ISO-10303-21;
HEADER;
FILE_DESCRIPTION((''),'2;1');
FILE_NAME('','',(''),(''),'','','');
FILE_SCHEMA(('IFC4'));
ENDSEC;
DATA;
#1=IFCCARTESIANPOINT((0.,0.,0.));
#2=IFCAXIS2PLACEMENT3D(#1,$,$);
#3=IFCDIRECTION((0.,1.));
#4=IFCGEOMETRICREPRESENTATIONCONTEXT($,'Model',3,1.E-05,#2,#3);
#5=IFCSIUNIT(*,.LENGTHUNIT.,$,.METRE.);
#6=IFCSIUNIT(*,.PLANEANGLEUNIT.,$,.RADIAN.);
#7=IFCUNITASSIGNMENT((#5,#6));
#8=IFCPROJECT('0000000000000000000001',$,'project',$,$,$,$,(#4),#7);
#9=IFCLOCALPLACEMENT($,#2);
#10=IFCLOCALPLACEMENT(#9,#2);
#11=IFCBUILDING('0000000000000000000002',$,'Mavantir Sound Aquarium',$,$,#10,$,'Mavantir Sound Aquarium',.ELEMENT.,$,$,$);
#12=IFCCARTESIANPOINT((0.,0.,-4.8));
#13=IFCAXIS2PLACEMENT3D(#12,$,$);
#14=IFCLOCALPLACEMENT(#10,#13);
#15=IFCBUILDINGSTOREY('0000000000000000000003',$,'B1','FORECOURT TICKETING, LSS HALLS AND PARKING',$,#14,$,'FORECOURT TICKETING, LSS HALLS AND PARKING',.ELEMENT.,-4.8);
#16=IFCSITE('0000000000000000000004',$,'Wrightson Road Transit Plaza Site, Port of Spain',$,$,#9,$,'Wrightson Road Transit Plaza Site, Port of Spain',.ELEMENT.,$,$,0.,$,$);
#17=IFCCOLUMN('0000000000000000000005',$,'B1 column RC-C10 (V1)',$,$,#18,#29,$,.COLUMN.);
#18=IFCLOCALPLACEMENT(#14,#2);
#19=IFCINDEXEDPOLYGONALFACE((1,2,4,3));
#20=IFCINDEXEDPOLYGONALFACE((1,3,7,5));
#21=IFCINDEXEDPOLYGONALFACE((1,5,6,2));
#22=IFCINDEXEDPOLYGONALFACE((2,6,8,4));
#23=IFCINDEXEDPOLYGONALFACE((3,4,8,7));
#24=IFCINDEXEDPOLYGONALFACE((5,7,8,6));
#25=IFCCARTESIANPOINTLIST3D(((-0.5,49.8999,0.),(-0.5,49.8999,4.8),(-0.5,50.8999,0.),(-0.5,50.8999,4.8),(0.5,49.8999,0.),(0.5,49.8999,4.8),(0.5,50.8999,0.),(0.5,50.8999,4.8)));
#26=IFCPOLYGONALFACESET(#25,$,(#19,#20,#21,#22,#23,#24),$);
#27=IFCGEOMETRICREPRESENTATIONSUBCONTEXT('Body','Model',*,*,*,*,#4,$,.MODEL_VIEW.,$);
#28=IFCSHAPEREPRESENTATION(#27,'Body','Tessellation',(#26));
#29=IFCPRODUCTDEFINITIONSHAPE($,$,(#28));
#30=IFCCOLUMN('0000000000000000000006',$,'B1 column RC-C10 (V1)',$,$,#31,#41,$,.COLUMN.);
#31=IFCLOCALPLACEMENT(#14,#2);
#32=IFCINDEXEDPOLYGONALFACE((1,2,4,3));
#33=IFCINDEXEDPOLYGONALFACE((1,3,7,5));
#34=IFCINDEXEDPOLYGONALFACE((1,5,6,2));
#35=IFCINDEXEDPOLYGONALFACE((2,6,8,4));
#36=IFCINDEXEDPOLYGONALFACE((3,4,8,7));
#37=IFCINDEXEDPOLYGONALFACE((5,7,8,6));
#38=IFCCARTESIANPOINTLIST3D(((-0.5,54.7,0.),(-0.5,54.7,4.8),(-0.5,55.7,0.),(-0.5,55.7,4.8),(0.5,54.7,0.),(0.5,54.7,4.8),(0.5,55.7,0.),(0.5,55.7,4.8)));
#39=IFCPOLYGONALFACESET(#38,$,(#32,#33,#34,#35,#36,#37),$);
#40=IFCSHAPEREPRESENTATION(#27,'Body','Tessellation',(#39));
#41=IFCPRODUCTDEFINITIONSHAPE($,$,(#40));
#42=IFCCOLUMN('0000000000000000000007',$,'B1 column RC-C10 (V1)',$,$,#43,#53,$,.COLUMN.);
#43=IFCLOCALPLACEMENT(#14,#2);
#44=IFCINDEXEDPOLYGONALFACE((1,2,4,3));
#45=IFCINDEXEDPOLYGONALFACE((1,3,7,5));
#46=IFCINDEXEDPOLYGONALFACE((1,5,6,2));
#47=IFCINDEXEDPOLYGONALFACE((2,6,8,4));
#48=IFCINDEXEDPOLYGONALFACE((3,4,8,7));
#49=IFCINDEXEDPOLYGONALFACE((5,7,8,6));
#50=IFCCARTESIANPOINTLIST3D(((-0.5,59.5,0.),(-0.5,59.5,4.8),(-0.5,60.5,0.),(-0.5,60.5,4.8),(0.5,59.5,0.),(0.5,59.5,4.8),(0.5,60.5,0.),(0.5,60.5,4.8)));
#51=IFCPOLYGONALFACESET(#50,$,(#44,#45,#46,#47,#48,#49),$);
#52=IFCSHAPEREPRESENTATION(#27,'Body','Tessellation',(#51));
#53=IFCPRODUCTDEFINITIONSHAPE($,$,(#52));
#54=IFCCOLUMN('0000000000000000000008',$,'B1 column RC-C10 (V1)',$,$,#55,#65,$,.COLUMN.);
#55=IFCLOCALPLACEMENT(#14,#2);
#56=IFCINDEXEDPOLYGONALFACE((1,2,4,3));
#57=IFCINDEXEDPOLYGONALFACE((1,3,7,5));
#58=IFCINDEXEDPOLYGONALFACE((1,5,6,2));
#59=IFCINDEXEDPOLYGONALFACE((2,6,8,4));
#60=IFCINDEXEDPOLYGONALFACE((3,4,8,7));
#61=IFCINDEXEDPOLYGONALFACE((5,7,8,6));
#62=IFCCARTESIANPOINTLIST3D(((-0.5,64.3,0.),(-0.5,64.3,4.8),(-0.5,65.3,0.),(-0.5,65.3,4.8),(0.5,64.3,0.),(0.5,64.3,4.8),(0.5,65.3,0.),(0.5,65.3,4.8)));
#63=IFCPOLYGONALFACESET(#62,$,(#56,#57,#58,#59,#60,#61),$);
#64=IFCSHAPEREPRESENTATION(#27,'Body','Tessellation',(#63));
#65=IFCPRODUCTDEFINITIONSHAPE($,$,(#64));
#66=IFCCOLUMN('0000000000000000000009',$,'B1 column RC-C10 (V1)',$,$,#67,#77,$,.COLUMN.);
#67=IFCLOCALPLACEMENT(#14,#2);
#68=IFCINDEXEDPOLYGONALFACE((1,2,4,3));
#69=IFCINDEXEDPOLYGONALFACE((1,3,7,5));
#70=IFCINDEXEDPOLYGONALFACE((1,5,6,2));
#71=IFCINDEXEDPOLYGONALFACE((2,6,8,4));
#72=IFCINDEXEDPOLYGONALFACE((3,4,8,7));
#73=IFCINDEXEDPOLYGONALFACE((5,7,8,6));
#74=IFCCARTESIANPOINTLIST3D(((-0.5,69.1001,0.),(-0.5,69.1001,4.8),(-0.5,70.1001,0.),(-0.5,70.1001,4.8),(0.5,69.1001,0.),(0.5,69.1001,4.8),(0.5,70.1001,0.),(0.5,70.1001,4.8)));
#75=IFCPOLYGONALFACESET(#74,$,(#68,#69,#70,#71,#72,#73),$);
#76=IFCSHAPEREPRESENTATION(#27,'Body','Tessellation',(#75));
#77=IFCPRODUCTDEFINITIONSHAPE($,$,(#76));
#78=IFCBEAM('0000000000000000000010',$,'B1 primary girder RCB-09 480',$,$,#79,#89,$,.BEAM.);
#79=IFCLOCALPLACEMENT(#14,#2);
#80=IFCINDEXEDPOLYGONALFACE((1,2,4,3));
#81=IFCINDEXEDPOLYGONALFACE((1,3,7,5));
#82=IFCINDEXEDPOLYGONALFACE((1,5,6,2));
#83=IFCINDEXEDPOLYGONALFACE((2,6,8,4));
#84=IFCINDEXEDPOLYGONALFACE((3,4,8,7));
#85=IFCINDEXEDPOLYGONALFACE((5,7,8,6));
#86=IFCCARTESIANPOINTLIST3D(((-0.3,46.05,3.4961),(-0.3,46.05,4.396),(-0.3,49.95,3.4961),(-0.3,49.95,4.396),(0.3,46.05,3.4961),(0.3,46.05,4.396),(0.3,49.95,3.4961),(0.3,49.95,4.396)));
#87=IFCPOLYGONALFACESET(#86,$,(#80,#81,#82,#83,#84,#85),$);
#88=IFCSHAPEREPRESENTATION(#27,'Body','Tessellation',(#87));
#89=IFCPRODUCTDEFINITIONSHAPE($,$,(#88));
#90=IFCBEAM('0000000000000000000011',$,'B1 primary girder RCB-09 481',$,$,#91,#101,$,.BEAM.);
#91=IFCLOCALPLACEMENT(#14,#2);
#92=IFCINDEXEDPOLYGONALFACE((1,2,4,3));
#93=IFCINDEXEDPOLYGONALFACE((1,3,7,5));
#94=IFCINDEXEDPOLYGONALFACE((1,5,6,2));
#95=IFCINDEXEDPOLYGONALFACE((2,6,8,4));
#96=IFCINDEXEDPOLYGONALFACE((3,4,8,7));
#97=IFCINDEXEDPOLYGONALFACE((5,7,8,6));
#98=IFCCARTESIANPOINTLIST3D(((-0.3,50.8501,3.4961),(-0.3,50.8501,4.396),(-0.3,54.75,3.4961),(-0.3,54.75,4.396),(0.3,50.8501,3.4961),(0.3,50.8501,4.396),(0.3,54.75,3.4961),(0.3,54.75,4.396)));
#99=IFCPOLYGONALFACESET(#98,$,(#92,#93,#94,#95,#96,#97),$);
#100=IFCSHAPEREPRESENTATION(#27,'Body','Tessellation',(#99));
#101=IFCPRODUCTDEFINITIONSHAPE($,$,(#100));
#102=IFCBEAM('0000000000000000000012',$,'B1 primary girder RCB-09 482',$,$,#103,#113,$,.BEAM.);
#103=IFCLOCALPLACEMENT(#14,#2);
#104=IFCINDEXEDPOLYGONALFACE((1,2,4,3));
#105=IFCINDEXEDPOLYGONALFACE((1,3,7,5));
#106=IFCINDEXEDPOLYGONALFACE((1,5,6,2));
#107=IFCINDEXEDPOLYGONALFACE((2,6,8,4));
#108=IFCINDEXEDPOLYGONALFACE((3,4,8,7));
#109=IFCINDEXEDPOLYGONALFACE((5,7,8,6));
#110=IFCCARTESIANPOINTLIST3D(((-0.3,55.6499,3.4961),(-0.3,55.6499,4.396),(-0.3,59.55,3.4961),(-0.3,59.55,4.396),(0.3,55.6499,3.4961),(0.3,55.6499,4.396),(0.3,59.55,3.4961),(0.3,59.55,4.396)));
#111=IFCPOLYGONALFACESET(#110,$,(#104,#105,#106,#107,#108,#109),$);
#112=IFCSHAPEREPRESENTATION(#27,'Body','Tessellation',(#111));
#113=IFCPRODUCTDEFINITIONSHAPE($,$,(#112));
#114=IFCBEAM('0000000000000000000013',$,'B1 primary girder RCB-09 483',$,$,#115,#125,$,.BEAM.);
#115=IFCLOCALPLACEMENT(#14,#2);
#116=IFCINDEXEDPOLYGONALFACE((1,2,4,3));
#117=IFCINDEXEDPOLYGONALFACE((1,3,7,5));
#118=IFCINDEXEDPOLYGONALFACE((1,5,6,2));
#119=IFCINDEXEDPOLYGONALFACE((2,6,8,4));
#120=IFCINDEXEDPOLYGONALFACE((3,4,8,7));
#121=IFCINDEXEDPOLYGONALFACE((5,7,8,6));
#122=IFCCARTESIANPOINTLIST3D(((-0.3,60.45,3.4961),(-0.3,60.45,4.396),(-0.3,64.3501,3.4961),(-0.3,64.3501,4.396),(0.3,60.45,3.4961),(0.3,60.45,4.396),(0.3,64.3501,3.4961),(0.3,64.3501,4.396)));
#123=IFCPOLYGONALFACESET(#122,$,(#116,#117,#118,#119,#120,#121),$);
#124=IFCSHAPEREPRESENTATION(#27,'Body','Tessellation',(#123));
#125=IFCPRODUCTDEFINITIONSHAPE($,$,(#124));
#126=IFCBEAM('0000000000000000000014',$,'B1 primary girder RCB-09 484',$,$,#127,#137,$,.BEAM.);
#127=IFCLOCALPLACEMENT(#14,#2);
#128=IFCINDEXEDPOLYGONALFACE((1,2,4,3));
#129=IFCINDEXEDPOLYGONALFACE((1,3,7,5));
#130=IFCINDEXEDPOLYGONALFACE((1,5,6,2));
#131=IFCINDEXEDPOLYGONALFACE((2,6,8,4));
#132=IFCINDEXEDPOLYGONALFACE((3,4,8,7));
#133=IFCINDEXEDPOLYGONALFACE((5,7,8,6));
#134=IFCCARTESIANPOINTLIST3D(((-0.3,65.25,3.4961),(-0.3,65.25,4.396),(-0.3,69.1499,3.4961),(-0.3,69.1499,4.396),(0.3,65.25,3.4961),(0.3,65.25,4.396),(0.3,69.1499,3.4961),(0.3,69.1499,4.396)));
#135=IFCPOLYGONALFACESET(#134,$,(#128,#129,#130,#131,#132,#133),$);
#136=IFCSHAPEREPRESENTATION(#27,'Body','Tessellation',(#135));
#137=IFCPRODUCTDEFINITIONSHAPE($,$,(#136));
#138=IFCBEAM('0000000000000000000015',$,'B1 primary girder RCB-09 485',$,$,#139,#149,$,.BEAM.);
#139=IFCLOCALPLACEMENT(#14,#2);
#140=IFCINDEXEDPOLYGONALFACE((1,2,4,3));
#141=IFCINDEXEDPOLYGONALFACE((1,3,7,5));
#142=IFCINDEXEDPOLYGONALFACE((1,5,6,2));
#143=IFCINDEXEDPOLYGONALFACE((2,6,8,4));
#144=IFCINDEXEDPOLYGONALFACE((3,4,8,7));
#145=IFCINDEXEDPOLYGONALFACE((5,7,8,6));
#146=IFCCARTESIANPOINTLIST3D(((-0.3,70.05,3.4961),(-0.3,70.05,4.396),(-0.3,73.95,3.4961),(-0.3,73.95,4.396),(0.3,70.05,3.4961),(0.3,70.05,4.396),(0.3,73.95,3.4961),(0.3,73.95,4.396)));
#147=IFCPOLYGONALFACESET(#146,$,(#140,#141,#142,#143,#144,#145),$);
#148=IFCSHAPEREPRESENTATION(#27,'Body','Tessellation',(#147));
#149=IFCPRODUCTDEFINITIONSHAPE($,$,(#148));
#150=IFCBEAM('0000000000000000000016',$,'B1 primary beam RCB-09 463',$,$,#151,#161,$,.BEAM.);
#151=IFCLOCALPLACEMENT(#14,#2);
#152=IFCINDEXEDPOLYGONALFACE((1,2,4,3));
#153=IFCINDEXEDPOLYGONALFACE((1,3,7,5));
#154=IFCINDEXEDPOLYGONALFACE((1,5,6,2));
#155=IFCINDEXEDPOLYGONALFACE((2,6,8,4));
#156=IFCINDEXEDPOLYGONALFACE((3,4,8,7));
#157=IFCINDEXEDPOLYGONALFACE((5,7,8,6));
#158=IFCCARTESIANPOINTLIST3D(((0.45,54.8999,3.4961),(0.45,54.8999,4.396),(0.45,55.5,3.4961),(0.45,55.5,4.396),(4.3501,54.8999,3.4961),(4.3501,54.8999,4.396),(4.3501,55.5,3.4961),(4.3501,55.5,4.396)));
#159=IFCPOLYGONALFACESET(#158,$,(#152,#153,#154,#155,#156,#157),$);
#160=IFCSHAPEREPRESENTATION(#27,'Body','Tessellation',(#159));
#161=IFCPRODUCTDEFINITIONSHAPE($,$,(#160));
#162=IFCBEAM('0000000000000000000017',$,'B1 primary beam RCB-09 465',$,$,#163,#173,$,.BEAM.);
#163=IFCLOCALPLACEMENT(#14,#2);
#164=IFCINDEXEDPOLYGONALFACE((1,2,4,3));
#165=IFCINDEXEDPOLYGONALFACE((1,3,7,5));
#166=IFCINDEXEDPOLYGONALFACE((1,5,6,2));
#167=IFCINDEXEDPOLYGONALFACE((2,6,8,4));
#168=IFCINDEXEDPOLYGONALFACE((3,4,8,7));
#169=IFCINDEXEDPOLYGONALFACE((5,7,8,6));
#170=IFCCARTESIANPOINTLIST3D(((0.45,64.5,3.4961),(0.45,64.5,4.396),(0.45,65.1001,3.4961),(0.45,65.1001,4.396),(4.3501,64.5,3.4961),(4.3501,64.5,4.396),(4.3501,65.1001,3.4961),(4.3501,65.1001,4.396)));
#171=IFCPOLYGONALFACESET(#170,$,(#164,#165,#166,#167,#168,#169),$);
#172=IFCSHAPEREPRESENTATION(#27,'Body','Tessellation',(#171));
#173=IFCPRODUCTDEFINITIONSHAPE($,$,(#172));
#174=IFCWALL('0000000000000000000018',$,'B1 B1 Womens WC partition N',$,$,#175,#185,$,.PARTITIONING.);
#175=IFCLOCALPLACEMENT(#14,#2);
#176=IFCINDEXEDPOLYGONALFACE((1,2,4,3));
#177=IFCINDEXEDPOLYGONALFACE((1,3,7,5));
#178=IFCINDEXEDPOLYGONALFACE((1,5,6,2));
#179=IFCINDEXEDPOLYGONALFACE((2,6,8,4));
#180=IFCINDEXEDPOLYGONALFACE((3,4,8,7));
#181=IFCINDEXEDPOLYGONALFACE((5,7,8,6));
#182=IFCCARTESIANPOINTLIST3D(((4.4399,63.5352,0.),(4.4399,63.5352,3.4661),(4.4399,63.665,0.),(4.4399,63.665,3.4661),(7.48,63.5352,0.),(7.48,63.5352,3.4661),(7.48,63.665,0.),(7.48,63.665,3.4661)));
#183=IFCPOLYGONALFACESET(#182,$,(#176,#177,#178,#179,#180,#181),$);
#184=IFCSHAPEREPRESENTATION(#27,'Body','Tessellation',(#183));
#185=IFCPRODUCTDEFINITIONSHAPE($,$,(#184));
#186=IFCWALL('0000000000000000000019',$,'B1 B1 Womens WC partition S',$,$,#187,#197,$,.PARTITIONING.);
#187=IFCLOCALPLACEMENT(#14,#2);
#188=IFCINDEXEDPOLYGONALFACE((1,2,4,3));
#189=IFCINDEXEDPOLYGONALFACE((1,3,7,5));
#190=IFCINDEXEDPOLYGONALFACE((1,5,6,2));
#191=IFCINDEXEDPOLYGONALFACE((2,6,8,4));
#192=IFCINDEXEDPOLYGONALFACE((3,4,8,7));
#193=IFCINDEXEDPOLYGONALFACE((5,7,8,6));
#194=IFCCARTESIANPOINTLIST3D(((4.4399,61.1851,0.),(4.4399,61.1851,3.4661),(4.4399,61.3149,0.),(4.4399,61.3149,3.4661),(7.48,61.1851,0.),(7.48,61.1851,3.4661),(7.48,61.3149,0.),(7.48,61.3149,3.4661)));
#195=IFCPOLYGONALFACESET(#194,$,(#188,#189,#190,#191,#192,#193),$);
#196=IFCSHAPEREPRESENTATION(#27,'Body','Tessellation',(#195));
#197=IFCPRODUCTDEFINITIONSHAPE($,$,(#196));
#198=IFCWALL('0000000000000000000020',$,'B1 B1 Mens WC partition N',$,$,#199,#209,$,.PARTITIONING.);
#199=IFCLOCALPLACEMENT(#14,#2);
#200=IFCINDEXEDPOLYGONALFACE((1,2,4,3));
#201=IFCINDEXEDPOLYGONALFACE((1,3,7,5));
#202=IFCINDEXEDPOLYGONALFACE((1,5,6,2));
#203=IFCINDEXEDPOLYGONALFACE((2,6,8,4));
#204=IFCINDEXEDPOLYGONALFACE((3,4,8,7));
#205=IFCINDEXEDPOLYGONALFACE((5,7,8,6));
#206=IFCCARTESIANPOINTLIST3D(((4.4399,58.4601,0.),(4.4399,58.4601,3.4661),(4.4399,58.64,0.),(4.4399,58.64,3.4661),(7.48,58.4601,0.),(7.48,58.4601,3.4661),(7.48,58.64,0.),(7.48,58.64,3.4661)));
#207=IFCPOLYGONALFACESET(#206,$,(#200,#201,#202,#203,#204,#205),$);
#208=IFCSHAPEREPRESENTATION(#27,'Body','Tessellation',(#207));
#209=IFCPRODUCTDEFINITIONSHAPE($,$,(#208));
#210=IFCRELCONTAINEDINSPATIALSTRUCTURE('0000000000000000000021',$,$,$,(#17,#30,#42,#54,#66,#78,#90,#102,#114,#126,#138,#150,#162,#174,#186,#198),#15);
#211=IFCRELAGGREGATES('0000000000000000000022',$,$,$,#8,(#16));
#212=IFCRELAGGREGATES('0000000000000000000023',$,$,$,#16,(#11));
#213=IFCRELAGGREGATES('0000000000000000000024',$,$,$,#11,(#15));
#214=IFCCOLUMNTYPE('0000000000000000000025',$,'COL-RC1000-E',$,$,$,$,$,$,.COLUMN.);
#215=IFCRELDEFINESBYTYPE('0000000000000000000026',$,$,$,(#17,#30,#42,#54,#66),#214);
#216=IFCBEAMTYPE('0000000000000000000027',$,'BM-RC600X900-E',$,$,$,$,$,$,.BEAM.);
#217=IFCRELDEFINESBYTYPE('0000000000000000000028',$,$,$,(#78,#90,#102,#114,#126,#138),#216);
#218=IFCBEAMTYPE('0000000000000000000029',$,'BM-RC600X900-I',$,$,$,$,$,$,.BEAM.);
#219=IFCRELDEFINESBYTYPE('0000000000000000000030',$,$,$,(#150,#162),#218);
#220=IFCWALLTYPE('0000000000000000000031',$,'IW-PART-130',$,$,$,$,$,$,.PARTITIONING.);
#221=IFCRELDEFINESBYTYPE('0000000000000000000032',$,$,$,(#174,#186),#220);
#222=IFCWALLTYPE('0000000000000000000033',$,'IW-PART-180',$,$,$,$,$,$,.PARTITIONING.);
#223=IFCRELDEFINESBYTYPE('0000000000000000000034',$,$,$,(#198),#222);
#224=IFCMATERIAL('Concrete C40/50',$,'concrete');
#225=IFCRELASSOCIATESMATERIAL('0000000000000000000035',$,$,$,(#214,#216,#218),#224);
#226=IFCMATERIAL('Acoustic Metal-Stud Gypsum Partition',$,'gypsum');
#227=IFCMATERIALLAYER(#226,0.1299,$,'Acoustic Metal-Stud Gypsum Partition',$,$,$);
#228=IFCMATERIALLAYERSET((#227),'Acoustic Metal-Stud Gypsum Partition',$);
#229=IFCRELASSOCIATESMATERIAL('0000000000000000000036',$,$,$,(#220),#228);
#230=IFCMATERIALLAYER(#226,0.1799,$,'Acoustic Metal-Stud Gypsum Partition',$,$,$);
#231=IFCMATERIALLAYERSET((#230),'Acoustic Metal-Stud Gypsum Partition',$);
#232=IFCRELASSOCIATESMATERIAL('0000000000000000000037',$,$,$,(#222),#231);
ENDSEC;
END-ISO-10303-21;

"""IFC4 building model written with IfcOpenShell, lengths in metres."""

from ifc_helpers import new_model, si_unit, direction, frame, frame_2d, origin, origin_2d, place, context, subcontext, project, spatial, rectangle, extrude, material, layer, layer_set, material_profile, profile_set, type_object, element, save


model = new_model("IFC4")

# Units and contexts
model_context = context("Model", 3, precision=1e-05, world=origin(), true_north=direction((0.0, 1.0)))
body_context = subcontext(model_context, "Body", "Model", "MODEL_VIEW")
ifc_project = project(units=[si_unit("LENGTHUNIT", "METRE"), si_unit("PLANEANGLEUNIT", "RADIAN")], contexts=[model_context])

# Site, building, storey
site_placement = place(None, origin())
site = spatial("IfcSite", under=ifc_project, at=site_placement, Name="Wrightson Road Transit Plaza Site, Port of Spain", LongName="Wrightson Road Transit Plaza Site, Port of Spain", CompositionType="ELEMENT", RefElevation=0.0)
building_placement = place(site_placement, origin())
building = spatial("IfcBuilding", under=site, at=building_placement, Name="Mavantir Sound Aquarium", LongName="Mavantir Sound Aquarium", CompositionType="ELEMENT")
storey_placement = place(building_placement, frame((0.0, 0.0, -4.8)))
storey = spatial("IfcBuildingStorey", under=building, at=storey_placement, Name="B1", Description="FORECOURT TICKETING, LSS HALLS AND PARKING", LongName="FORECOURT TICKETING, LSS HALLS AND PARKING", CompositionType="ELEMENT", Elevation=-4.8)

# Columns
ifc_material_1 = material(Name="Concrete C40/50", Category="concrete")
ifc_material_profile_1 = material_profile(ifc_material_1, rectangle(XDim=1.0, YDim=1.0, at=origin_2d()), Name="RC 1000X1000")
ifc_profile_set_1 = profile_set([ifc_material_profile_1], Name="Concrete C40/50")
column_type = type_object("IfcColumnType", Name="COL-RC1000-E", PredefinedType="COLUMN", material=ifc_profile_set_1)
for number, where, z_axis, x_axis, name in (
    (1, (0.0, 50.3999, 0.0), (0.0, 0.0, 1.0), (1.0, 0.0, 0.0), "B1 column RC-C10 (V1)"),
    (2, (0.0, 55.2, 0.0), (0.0, 0.0, 1.0), (1.0, 0.0, 0.0), "B1 column RC-C10 (V1)"),
    (3, (0.0, 60.0, 0.0), (0.0, 0.0, 1.0), (1.0, 0.0, 0.0), "B1 column RC-C10 (V1)"),
    (4, (0.0, 64.8, 0.0), (0.0, 0.0, 1.0), (1.0, 0.0, 0.0), "B1 column RC-C10 (V1)"),
    (5, (0.0, 69.6001, 0.0), (0.0, 0.0, 1.0), (1.0, 0.0, 0.0), "B1 column RC-C10 (V1)"),
):
    element("IfcColumn", number, at=place(storey_placement, frame(where, z_axis=z_axis, x_axis=x_axis)), inside=storey, type_object=column_type, Name=name, PredefinedType="COLUMN", context=body_context, shape_type="SweptSolid", body=[
        extrude(rectangle(XDim=1.0, YDim=1.0, at=origin_2d()), origin(), (0.0, 0.0, 1.0), 4.8),
    ])

# Beams
ifc_material_profile_2 = material_profile(ifc_material_1, rectangle(XDim=0.6001, YDim=0.8999, at=origin_2d()), Name="RC 600X900")
ifc_profile_set_2 = profile_set([ifc_material_profile_2], Name="Concrete C40/50")
beam_type_1 = type_object("IfcBeamType", Name="BM-RC600X900-E", PredefinedType="BEAM", material=ifc_profile_set_2)
for number, where, z_axis, x_axis, name in (
    (6, (0.0, 46.05, 3.946), (0.0, 1.0, 0.0), (-1.0, 0.0, 0.0), "B1 primary girder RCB-09 480"),
    (7, (0.0, 50.8501, 3.946), (0.0, 1.0, 0.0), (-1.0, 0.0, 0.0), "B1 primary girder RCB-09 481"),
):
    element("IfcBeam", number, at=place(storey_placement, frame(where, z_axis=z_axis, x_axis=x_axis)), inside=storey, type_object=beam_type_1, Name=name, PredefinedType="BEAM", context=body_context, shape_type="SweptSolid", body=[
        extrude(rectangle(XDim=0.6001, YDim=0.8999, at=origin_2d()), origin(), (0.0, 0.0, 1.0), 3.8999),
    ])
for number, where, z_axis, x_axis, name in (
    (8, (0.0, 55.6499, 3.946), (0.0, 1.0, 0.0), (-1.0, 0.0, 0.0), "B1 primary girder RCB-09 482"),
    (9, (0.0, 60.45, 3.946), (0.0, 1.0, 0.0), (-1.0, 0.0, 0.0), "B1 primary girder RCB-09 483"),
):
    element("IfcBeam", number, at=place(storey_placement, frame(where, z_axis=z_axis, x_axis=x_axis)), inside=storey, type_object=beam_type_1, Name=name, PredefinedType="BEAM", context=body_context, shape_type="SweptSolid", body=[
        extrude(rectangle(XDim=0.6001, YDim=0.8999, at=origin_2d()), origin(), (0.0, 0.0, 1.0), 3.9001),
    ])
for number, where, z_axis, x_axis, name in (
    (10, (0.0, 65.25, 3.946), (0.0, 1.0, 0.0), (-1.0, 0.0, 0.0), "B1 primary girder RCB-09 484"),
    (11, (0.0, 70.05, 3.946), (0.0, 1.0, 0.0), (-1.0, 0.0, 0.0), "B1 primary girder RCB-09 485"),
):
    element("IfcBeam", number, at=place(storey_placement, frame(where, z_axis=z_axis, x_axis=x_axis)), inside=storey, type_object=beam_type_1, Name=name, PredefinedType="BEAM", context=body_context, shape_type="SweptSolid", body=[
        extrude(rectangle(XDim=0.6001, YDim=0.8999, at=origin_2d()), origin(), (0.0, 0.0, 1.0), 3.8999),
    ])
ifc_material_profile_3 = material_profile(ifc_material_1, rectangle(XDim=0.6001, YDim=0.8999, at=origin_2d()), Name="RC 600X900")
ifc_profile_set_3 = profile_set([ifc_material_profile_3], Name="Concrete C40/50")
beam_type_2 = type_object("IfcBeamType", Name="BM-RC600X900-I", PredefinedType="BEAM", material=ifc_profile_set_3)
for number, where, z_axis, x_axis, name in (
    (12, (0.45, 55.2, 3.946), (1.0, 0.0, 0.0), (0.0, 1.0, 0.0), "B1 primary beam RCB-09 463"),
    (13, (0.45, 64.8, 3.946), (1.0, 0.0, 0.0), (0.0, 1.0, 0.0), "B1 primary beam RCB-09 465"),
):
    element("IfcBeam", number, at=place(storey_placement, frame(where, z_axis=z_axis, x_axis=x_axis)), inside=storey, type_object=beam_type_2, Name=name, PredefinedType="BEAM", context=body_context, shape_type="SweptSolid", body=[
        extrude(rectangle(XDim=0.6001, YDim=0.8999, at=origin_2d()), origin(), (0.0, 0.0, 1.0), 3.9001),
    ])

# Walls
ifc_material_2 = material(Name="Acoustic Metal-Stud Gypsum Partition", Category="gypsum")
ifc_layer_1 = layer(ifc_material_2, 0.1299, Name="Acoustic Metal-Stud Gypsum Partition")
ifc_layer_set_1 = layer_set([ifc_layer_1], Name="Acoustic Metal-Stud Gypsum Partition")
wall_type_1 = type_object("IfcWallType", Name="IW-PART-130", PredefinedType="PARTITIONING", material=ifc_layer_set_1)
for number, where, z_axis, x_axis, name in (
    (14, (4.4399, 63.6001, 0.0), (0.0, 0.0, 1.0), (1.0, 0.0, 0.0), "B1 B1 Womens WC partition N"),
    (15, (4.4399, 61.25, 0.0), (0.0, 0.0, 1.0), (1.0, 0.0, 0.0), "B1 B1 Womens WC partition S"),
):
    element("IfcWall", number, at=place(storey_placement, frame(where, z_axis=z_axis, x_axis=x_axis)), inside=storey, type_object=wall_type_1, Name=name, PredefinedType="PARTITIONING", context=body_context, shape_type="SweptSolid", body=[
        extrude(rectangle(XDim=3.04, YDim=0.1299, at=frame_2d((1.52, 0.0))), origin(), (0.0, 0.0, 1.0), 3.4661),
    ])

# Wall
ifc_layer_2 = layer(ifc_material_2, 0.1799, Name="Acoustic Metal-Stud Gypsum Partition")
ifc_layer_set_2 = layer_set([ifc_layer_2], Name="Acoustic Metal-Stud Gypsum Partition")
wall_type_2 = type_object("IfcWallType", Name="IW-PART-180", PredefinedType="PARTITIONING", material=ifc_layer_set_2)
for number, where, z_axis, x_axis, name in (
    (16, (4.4399, 58.55, 0.0), (0.0, 0.0, 1.0), (1.0, 0.0, 0.0), "B1 B1 Mens WC partition N"),
):
    element("IfcWall", number, at=place(storey_placement, frame(where, z_axis=z_axis, x_axis=x_axis)), inside=storey, type_object=wall_type_2, Name=name, PredefinedType="PARTITIONING", context=body_context, shape_type="SweptSolid", body=[
        extrude(rectangle(XDim=3.04, YDim=0.1799, at=frame_2d((1.52, 0.0))), origin(), (0.0, 0.0, 1.0), 3.4661),
    ])

save(model, "model.ifc")
